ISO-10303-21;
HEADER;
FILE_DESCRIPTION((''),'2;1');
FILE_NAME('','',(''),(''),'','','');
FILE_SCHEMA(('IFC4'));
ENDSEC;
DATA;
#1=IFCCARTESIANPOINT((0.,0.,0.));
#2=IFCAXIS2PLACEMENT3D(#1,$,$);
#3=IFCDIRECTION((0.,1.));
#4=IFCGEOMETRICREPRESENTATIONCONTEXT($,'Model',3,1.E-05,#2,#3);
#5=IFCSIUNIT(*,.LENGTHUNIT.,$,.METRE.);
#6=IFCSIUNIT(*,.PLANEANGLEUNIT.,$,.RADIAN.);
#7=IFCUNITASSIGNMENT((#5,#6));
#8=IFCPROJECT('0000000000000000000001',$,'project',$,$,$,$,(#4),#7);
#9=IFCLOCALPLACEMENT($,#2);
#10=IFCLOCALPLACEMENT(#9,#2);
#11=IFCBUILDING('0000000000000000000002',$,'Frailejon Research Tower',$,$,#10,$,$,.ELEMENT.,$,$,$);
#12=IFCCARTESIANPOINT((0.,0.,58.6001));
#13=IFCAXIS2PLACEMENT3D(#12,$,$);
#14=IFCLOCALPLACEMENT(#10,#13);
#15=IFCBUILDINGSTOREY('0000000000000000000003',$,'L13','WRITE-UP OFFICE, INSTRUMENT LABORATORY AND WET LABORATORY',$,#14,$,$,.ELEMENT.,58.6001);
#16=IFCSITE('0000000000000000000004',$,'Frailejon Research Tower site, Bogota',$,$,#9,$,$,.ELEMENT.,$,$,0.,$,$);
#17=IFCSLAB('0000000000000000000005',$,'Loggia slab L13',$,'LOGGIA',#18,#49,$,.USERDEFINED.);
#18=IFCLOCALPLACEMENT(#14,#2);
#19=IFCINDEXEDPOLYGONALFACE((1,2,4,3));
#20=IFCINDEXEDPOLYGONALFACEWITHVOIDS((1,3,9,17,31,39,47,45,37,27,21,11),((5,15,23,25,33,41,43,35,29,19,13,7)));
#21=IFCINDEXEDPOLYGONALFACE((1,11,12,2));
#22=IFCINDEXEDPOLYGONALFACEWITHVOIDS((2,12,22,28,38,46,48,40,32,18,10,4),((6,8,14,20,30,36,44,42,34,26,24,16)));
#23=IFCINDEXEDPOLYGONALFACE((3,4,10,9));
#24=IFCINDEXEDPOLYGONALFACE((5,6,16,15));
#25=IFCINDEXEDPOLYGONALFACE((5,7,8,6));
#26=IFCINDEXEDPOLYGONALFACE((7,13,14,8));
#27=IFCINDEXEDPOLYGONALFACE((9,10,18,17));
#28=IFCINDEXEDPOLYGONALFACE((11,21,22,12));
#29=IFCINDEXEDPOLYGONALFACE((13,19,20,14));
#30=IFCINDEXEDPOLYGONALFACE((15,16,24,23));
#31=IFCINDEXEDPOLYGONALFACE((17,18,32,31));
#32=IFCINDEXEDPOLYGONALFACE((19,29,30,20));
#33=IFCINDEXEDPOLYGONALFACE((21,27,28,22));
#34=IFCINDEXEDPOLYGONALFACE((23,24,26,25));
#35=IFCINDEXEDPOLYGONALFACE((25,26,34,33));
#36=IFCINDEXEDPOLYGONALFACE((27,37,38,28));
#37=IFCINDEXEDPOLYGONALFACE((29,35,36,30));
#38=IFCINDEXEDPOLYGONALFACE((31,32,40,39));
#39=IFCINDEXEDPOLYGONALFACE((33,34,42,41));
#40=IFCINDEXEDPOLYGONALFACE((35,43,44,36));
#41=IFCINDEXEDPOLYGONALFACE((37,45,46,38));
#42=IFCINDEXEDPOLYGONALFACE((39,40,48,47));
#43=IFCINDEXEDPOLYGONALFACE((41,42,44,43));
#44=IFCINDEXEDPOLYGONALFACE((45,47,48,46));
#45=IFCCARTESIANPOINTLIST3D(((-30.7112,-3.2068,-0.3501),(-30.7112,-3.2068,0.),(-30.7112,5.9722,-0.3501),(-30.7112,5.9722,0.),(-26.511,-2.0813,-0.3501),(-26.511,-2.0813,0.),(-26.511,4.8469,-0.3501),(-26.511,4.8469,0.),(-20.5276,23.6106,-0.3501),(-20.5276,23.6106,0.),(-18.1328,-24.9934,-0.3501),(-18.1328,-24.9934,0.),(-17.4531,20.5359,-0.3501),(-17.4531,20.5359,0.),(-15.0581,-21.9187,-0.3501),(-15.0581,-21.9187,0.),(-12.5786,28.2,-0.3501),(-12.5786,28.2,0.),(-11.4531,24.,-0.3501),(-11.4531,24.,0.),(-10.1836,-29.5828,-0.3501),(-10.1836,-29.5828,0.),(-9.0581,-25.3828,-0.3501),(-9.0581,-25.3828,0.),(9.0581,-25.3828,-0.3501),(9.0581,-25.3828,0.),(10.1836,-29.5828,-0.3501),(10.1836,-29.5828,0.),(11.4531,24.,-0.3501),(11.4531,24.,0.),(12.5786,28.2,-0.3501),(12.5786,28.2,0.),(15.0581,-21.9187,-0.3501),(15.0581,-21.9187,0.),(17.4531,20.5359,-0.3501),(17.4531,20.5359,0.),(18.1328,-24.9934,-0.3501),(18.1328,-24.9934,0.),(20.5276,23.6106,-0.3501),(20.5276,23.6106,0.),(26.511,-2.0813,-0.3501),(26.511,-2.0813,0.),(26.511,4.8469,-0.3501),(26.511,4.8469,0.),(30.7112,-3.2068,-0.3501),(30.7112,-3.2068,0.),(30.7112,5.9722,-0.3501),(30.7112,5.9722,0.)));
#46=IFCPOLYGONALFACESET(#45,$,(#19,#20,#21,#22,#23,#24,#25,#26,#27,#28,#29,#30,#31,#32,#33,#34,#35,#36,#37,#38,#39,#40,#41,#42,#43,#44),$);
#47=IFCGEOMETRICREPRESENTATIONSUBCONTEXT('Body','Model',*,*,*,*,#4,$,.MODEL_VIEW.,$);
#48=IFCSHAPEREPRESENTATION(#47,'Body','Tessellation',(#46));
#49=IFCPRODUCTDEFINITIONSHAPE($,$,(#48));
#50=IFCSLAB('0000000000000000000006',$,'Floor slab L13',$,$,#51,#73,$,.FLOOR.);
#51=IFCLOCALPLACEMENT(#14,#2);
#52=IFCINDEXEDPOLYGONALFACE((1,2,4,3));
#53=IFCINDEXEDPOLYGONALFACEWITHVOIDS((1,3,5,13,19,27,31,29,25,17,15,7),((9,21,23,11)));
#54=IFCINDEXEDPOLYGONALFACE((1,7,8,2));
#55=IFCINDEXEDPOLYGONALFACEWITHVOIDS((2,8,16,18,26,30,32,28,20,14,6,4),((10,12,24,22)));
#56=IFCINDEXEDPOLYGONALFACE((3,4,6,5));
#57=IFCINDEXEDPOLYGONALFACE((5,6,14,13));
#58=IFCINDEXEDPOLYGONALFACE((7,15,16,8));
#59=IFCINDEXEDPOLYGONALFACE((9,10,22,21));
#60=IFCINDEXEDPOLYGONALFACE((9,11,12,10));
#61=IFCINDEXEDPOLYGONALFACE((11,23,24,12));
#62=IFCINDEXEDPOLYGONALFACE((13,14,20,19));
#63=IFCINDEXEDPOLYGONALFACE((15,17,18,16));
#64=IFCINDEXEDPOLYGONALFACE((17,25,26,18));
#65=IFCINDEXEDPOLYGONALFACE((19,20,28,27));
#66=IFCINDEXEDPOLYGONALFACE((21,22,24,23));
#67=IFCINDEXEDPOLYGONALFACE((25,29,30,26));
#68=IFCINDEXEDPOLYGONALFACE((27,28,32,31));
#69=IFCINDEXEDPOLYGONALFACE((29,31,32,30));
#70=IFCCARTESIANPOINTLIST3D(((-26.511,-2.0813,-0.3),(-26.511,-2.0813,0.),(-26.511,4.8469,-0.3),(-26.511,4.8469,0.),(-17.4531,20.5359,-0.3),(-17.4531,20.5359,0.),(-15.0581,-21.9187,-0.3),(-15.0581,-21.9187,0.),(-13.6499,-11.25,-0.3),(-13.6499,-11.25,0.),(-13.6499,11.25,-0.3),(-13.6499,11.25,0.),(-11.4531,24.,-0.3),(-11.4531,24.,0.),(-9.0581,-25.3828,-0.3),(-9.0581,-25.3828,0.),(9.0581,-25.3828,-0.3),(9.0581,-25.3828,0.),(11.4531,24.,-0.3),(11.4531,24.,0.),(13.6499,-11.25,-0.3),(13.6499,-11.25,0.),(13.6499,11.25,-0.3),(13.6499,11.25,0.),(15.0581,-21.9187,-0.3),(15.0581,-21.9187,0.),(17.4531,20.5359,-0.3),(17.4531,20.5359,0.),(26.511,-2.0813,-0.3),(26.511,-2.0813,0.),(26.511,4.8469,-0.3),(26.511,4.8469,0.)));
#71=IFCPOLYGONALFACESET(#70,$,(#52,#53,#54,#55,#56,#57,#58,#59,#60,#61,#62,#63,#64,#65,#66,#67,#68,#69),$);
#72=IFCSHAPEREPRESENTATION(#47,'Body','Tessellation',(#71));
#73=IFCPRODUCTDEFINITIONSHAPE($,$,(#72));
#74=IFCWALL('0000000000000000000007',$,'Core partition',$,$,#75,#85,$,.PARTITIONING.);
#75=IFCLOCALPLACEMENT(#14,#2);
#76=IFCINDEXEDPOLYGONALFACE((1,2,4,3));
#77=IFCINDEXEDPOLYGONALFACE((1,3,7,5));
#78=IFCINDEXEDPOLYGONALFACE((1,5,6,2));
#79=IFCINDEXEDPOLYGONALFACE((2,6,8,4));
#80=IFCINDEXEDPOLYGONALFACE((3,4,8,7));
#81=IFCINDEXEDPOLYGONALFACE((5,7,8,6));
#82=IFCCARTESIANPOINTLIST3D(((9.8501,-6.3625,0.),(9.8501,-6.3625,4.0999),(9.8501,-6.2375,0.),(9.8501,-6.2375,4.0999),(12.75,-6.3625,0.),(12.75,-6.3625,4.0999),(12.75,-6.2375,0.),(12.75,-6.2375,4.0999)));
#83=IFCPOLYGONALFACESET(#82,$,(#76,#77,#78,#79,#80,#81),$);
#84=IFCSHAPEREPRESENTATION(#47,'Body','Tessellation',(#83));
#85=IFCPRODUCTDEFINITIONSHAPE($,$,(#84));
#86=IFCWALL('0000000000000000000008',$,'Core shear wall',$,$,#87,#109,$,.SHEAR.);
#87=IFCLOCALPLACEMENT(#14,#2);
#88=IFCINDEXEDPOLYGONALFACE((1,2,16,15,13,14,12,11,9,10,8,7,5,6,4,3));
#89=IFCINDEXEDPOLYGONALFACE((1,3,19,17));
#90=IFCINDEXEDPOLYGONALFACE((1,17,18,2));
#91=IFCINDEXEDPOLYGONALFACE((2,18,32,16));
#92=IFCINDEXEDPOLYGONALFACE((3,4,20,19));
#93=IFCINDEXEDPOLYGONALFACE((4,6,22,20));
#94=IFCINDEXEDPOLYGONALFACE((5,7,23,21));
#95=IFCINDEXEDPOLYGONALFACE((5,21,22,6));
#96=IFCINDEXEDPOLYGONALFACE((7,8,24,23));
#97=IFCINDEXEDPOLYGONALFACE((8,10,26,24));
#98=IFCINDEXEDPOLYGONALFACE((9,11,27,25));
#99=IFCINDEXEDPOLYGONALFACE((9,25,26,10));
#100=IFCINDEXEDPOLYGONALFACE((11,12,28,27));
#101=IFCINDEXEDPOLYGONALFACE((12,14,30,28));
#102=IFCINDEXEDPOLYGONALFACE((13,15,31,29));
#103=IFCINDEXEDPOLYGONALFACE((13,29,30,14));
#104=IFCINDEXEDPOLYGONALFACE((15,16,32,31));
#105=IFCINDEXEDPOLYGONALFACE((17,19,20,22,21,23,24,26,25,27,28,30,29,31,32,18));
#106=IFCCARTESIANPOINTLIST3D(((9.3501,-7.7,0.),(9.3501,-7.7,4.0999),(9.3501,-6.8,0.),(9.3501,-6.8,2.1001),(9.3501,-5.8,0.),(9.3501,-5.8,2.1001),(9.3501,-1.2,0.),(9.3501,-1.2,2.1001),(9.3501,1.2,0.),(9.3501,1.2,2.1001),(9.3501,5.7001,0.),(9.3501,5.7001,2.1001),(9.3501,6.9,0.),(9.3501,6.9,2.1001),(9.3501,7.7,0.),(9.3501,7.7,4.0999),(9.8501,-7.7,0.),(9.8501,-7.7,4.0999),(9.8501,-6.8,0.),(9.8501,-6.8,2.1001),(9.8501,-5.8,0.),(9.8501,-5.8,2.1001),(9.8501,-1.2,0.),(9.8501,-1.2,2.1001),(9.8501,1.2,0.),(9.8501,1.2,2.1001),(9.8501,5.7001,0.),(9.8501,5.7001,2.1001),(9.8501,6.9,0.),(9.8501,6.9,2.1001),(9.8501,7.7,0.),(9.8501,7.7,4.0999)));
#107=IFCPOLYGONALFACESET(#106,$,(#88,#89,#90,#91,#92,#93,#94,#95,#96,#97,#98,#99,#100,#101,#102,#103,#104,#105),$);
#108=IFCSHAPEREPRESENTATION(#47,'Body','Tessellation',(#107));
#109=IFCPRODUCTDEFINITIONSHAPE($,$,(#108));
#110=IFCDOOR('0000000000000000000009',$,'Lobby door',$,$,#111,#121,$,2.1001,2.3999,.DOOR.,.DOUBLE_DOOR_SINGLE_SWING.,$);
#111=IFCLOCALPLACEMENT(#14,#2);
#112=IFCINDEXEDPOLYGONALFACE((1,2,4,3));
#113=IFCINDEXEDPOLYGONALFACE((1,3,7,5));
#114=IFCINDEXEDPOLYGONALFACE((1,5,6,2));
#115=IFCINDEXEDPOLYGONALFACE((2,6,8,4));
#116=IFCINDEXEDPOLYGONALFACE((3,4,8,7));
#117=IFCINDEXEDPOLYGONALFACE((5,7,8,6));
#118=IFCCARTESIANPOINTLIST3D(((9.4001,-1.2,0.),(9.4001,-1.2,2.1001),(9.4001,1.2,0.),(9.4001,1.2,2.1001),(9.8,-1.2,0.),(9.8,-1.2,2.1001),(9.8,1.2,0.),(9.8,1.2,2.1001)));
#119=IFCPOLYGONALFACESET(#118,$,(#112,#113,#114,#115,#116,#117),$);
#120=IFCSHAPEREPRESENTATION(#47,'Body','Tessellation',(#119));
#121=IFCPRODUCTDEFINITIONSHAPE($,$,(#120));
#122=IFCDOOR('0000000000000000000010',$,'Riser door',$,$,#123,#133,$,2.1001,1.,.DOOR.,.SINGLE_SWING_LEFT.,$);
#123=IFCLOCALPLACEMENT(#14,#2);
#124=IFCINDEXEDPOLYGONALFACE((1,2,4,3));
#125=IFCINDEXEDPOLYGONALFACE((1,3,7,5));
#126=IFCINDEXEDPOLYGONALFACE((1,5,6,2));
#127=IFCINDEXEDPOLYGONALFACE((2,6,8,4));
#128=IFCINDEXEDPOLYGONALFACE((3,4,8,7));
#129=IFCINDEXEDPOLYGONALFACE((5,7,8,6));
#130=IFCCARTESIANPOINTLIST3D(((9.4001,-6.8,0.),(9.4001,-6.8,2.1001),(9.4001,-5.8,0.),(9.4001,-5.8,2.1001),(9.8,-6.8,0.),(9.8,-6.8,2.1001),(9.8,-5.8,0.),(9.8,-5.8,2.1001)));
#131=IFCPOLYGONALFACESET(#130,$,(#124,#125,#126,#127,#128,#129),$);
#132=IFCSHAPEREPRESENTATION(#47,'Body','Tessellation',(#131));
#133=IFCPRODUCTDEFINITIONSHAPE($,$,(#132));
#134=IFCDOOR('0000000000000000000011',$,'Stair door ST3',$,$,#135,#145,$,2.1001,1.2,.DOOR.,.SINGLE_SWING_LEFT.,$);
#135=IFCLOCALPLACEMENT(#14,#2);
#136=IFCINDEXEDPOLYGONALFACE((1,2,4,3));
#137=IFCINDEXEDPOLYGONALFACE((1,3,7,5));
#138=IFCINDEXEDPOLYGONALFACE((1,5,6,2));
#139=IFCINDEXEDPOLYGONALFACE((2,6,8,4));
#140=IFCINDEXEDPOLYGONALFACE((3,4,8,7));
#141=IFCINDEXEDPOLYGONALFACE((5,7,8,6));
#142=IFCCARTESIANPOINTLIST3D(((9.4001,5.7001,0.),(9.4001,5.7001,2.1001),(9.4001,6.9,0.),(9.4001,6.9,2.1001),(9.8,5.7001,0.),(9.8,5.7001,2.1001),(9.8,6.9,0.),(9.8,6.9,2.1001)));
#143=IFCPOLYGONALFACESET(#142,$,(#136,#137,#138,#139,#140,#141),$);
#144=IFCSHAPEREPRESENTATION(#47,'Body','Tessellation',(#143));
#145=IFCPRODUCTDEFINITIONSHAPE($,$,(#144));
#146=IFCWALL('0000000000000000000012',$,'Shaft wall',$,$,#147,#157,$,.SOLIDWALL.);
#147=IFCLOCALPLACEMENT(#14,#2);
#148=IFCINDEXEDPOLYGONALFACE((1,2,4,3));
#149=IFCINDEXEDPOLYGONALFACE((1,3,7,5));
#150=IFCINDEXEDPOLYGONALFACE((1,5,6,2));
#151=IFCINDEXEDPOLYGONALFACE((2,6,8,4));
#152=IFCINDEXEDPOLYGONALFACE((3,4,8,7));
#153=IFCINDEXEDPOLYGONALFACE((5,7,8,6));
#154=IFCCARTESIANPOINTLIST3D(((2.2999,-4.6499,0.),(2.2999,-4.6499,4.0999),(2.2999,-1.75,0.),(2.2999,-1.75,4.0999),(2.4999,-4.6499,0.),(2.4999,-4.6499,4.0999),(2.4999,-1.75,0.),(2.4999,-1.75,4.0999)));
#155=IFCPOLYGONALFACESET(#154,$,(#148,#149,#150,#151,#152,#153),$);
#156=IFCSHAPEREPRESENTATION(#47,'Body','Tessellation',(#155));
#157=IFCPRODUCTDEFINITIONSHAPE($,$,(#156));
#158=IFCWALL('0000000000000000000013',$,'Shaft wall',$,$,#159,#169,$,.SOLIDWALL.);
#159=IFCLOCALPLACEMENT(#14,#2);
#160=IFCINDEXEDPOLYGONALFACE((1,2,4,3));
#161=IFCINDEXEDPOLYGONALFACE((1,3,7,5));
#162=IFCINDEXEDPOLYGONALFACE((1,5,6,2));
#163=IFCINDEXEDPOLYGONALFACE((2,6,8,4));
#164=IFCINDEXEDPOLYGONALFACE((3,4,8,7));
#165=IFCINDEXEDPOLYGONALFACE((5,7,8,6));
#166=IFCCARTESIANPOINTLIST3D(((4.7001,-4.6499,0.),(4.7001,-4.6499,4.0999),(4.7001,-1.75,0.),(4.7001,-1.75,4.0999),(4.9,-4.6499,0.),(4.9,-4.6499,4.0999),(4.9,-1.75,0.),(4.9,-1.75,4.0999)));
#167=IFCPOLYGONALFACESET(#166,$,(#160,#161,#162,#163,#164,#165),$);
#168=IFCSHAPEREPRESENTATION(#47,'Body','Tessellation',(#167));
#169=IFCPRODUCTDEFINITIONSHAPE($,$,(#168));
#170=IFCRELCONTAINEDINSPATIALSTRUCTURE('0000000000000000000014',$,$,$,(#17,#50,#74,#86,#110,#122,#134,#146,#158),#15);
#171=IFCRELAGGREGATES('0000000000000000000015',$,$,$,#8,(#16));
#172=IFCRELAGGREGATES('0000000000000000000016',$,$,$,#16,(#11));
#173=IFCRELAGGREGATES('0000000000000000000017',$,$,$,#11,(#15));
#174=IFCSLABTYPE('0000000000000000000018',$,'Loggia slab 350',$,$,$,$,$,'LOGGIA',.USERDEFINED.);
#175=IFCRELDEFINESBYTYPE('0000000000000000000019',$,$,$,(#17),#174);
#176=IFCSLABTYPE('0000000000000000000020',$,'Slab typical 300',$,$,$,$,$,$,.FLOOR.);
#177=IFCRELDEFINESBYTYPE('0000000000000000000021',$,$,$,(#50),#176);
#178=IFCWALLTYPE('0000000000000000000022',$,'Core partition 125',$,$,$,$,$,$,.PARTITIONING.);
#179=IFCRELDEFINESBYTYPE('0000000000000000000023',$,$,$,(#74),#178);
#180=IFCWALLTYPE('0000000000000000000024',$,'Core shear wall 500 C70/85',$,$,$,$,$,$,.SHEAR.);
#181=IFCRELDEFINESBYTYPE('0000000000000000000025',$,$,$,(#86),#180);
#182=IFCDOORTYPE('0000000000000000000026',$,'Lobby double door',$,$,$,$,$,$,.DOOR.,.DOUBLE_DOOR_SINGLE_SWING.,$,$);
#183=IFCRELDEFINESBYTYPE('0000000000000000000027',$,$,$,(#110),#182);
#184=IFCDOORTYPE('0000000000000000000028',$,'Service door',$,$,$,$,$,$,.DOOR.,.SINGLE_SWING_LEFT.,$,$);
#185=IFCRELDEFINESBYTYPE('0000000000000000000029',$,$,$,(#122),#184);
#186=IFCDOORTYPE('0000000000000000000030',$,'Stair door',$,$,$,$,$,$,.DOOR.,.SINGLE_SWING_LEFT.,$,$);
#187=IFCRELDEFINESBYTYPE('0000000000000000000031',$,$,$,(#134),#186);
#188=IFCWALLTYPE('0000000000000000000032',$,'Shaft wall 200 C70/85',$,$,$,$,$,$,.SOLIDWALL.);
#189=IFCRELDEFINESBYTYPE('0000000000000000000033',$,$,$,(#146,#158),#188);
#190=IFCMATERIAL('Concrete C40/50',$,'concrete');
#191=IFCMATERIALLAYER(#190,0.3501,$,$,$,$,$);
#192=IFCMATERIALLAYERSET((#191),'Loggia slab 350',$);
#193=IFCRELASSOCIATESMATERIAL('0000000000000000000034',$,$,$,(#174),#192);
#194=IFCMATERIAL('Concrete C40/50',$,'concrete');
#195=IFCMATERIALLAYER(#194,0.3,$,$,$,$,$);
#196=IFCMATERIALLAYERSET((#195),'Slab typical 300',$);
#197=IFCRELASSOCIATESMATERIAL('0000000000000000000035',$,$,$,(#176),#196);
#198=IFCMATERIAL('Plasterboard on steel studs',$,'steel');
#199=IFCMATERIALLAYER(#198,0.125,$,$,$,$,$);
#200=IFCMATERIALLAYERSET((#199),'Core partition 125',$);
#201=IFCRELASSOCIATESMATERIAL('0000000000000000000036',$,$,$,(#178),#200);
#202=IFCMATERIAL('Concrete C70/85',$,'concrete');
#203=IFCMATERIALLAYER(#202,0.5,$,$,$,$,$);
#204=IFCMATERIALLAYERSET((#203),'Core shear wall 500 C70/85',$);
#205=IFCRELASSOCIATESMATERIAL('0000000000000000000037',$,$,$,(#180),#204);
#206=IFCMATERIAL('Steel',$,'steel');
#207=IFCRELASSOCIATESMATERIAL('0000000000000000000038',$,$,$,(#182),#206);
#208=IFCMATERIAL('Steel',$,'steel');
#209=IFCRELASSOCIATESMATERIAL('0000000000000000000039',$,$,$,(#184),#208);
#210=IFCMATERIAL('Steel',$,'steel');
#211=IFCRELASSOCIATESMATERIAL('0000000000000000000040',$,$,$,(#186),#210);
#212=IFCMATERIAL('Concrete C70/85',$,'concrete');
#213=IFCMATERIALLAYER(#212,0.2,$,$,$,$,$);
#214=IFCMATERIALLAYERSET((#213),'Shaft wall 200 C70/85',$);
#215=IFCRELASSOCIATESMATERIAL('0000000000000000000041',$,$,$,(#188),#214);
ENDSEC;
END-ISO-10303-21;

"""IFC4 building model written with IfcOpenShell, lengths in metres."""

from ifc_helpers import new_model, si_unit, direction, frame, frame_2d, origin, place, context, subcontext, project, spatial, polyline, rectangle, outline, extrude, material, layer, layer_set, type_object, element, fill, save


model = new_model("IFC4")

# Units and contexts
model_context = context("Model", 3, precision=1e-05, world=origin(), true_north=direction((0.0, 1.0)))
body_context = subcontext(model_context, "Body", "Model", "MODEL_VIEW")
ifc_project = project(units=[si_unit("LENGTHUNIT", "METRE"), si_unit("PLANEANGLEUNIT", "RADIAN")], contexts=[model_context])

# Site, building, storey
site_placement = place(None, origin())
site = spatial("IfcSite", under=ifc_project, at=site_placement, Name="Frailejon Research Tower site, Bogota", CompositionType="ELEMENT", RefElevation=0.0)
building_placement = place(site_placement, origin())
building = spatial("IfcBuilding", under=site, at=building_placement, Name="Frailejon Research Tower", CompositionType="ELEMENT")
storey_placement = place(building_placement, frame((0.0, 0.0, 58.6001)))
storey = spatial("IfcBuildingStorey", under=building, at=storey_placement, Name="L13", Description="WRITE-UP OFFICE, INSTRUMENT LABORATORY AND WET LABORATORY", CompositionType="ELEMENT", Elevation=58.6001)

# Slabs
ifc_material_1 = material(Name="Concrete C40/50", Category="concrete")
ifc_layer_1 = layer(ifc_material_1, 0.3501)
ifc_layer_set_1 = layer_set([ifc_layer_1], Name="Loggia slab 350")
slab_type_1 = type_object("IfcSlabType", Name="Loggia slab 350", ElementType="LOGGIA", PredefinedType="USERDEFINED", material=ifc_layer_set_1)
slab_1_placement = place(storey_placement, frame((0.0, 0.0, -0.3501)))
element("IfcSlab", 1, at=slab_1_placement, inside=storey, type_object=slab_type_1, Name="Loggia slab L13", ObjectType="LOGGIA", PredefinedType="USERDEFINED", context=body_context, shape_type="SweptSolid", body=[
    extrude(outline(polyline([(18.1328, -24.9934), (10.1836, -29.5828), (-10.1836, -29.5828), (-18.1328, -24.9934), (-30.7112, -3.2068), (-30.7112, 5.9722), (-20.5276, 23.6106), (-12.5786, 28.2), (12.5786, 28.2), (20.5276, 23.6106), (30.7112, 5.9722), (30.7112, -3.2068), (18.1328, -24.9934)]), holes=[polyline([(26.511, 4.8469), (17.4531, 20.5359), (11.4531, 24.0), (-11.4531, 24.0), (-17.4531, 20.5359), (-26.511, 4.8469), (-26.511, -2.0813), (-15.0581, -21.9187), (-9.0581, -25.3828), (9.0581, -25.3828), (15.0581, -21.9187), (26.511, -2.0813), (26.511, 4.8469)])]), origin(), (0.0, 0.0, 1.0), 0.3501),
])
ifc_material_2 = material(Name="Concrete C40/50", Category="concrete")
ifc_layer_2 = layer(ifc_material_2, 0.3)
ifc_layer_set_2 = layer_set([ifc_layer_2], Name="Slab typical 300")
slab_type_2 = type_object("IfcSlabType", Name="Slab typical 300", PredefinedType="FLOOR", material=ifc_layer_set_2)
slab_2_placement = place(storey_placement, frame((0.0, 0.0, -0.3)))
element("IfcSlab", 2, at=slab_2_placement, inside=storey, type_object=slab_type_2, Name="Floor slab L13", PredefinedType="FLOOR", context=body_context, shape_type="SweptSolid", body=[
    extrude(outline(polyline([(26.511, -2.0813), (26.511, 4.8469), (17.4531, 20.5359), (11.4531, 24.0), (-11.4531, 24.0), (-17.4531, 20.5359), (-26.511, 4.8469), (-26.511, -2.0813), (-15.0581, -21.9187), (-9.0581, -25.3828), (9.0581, -25.3828), (15.0581, -21.9187), (26.511, -2.0813)]), holes=[polyline([(13.6499, -11.25), (-13.6499, -11.25), (-13.6499, 11.25), (13.6499, 11.25), (13.6499, -11.25)])]), origin(), (0.0, 0.0, 1.0), 0.3),
])

# Wall
ifc_material_3 = material(Name="Plasterboard on steel studs", Category="steel")
ifc_layer_3 = layer(ifc_material_3, 0.125)
ifc_layer_set_3 = layer_set([ifc_layer_3], Name="Core partition 125")
wall_type_1 = type_object("IfcWallType", Name="Core partition 125", PredefinedType="PARTITIONING", material=ifc_layer_set_3)
wall_1_placement = place(storey_placement, frame((9.8501, -6.3, 0.0), z_axis=(0.0, 0.0, 1.0), x_axis=(1.0, 0.0, 0.0)))
element("IfcWall", 3, at=wall_1_placement, inside=storey, type_object=wall_type_1, Name="Core partition", PredefinedType="PARTITIONING", context=body_context, shape_type="SweptSolid", body=[
    extrude(rectangle(XDim=2.8999, YDim=0.125, at=frame_2d((1.45, 0.0))), origin(), (0.0, 0.0, 1.0), 4.0999),
])

# Wall, openings, doors
ifc_material_4 = material(Name="Concrete C70/85", Category="concrete")
ifc_layer_4 = layer(ifc_material_4, 0.5)
ifc_layer_set_4 = layer_set([ifc_layer_4], Name="Core shear wall 500 C70/85")
wall_type_2 = type_object("IfcWallType", Name="Core shear wall 500 C70/85", PredefinedType="SHEAR", material=ifc_layer_set_4)
wall_2_placement = place(storey_placement, frame((9.6001, -7.7, 0.0), z_axis=(0.0, 0.0, 1.0), x_axis=(0.0, 1.0, 0.0)))
wall_2 = element("IfcWall", 4, at=wall_2_placement, inside=storey, type_object=wall_type_2, Name="Core shear wall", PredefinedType="SHEAR", context=body_context, shape_type="SweptSolid", body=[
    extrude(rectangle(XDim=15.3999, YDim=0.5, at=frame_2d((7.7, 0.0))), origin(), (0.0, 0.0, 1.0), 4.0999),
])
opening_1_placement = place(wall_2_placement, frame((6.5, 0.0, 0.0)))
opening_1 = element("IfcOpeningElement", 5, at=opening_1_placement, cuts=wall_2, PredefinedType="OPENING", context=body_context, shape_type="SweptSolid", body=[
    extrude(rectangle(XDim=2.3999, YDim=2.1001, at=frame_2d((1.2, 1.05))), frame((0.0, 0.26, 0.0), z_axis=(0.0, -1.0, 0.0), x_axis=(1.0, 0.0, 0.0)), (0.0, 0.0, 1.0), 0.52),
])
opening_2_placement = place(wall_2_placement, frame((13.3999, 0.0, 0.0)))
opening_2 = element("IfcOpeningElement", 6, at=opening_2_placement, cuts=wall_2, PredefinedType="OPENING", context=body_context, shape_type="SweptSolid", body=[
    extrude(rectangle(XDim=1.2, YDim=2.1001, at=frame_2d((0.6001, 1.05))), frame((0.0, 0.26, 0.0), z_axis=(0.0, -1.0, 0.0), x_axis=(1.0, 0.0, 0.0)), (0.0, 0.0, 1.0), 0.52),
])
opening_3_placement = place(wall_2_placement, frame((0.8999, 0.0, 0.0)))
opening_3 = element("IfcOpeningElement", 7, at=opening_3_placement, cuts=wall_2, PredefinedType="OPENING", context=body_context, shape_type="SweptSolid", body=[
    extrude(rectangle(XDim=1.0, YDim=2.1001, at=frame_2d((0.5, 1.05))), frame((0.0, 0.26, 0.0), z_axis=(0.0, -1.0, 0.0), x_axis=(1.0, 0.0, 0.0)), (0.0, 0.0, 1.0), 0.52),
])
ifc_material_5 = material(Name="Steel", Category="steel")
door_type_1 = type_object("IfcDoorType", Name="Lobby double door", OperationType="DOUBLE_DOOR_SINGLE_SWING", PredefinedType="DOOR", material=ifc_material_5)
door_1_placement = place(opening_1_placement, origin())
door_1 = element("IfcDoor", 8, at=door_1_placement, inside=storey, type_object=door_type_1, Name="Lobby door", OperationType="DOUBLE_DOOR_SINGLE_SWING", OverallHeight=2.1001, OverallWidth=2.3999, PredefinedType="DOOR", context=body_context, shape_type="SweptSolid", body=[
    extrude(rectangle(XDim=2.3999, YDim=2.1001, at=frame_2d((1.2, 1.05))), frame((0.0, 0.2, 0.0), z_axis=(0.0, -1.0, 0.0), x_axis=(1.0, 0.0, 0.0)), (0.0, 0.0, 1.0), 0.3999),
])
fill(opening_1, door_1)
ifc_material_6 = material(Name="Steel", Category="steel")
door_type_2 = type_object("IfcDoorType", Name="Service door", OperationType="SINGLE_SWING_LEFT", PredefinedType="DOOR", material=ifc_material_6)
door_2_placement = place(opening_3_placement, origin())
door_2 = element("IfcDoor", 9, at=door_2_placement, inside=storey, type_object=door_type_2, Name="Riser door", OperationType="SINGLE_SWING_LEFT", OverallHeight=2.1001, OverallWidth=1.0, PredefinedType="DOOR", context=body_context, shape_type="SweptSolid", body=[
    extrude(rectangle(XDim=1.0, YDim=2.1001, at=frame_2d((0.5, 1.05))), frame((0.0, 0.2, 0.0), z_axis=(0.0, -1.0, 0.0), x_axis=(1.0, 0.0, 0.0)), (0.0, 0.0, 1.0), 0.3999),
])
fill(opening_3, door_2)
ifc_material_7 = material(Name="Steel", Category="steel")
door_type_3 = type_object("IfcDoorType", Name="Stair door", OperationType="SINGLE_SWING_LEFT", PredefinedType="DOOR", material=ifc_material_7)
door_3_placement = place(opening_2_placement, origin())
door_3 = element("IfcDoor", 10, at=door_3_placement, inside=storey, type_object=door_type_3, Name="Stair door ST3", OperationType="SINGLE_SWING_LEFT", OverallHeight=2.1001, OverallWidth=1.2, PredefinedType="DOOR", context=body_context, shape_type="SweptSolid", body=[
    extrude(rectangle(XDim=1.2, YDim=2.1001, at=frame_2d((0.6001, 1.05))), frame((0.0, 0.2, 0.0), z_axis=(0.0, -1.0, 0.0), x_axis=(1.0, 0.0, 0.0)), (0.0, 0.0, 1.0), 0.3999),
])
fill(opening_2, door_3)

# Walls
ifc_material_8 = material(Name="Concrete C70/85", Category="concrete")
ifc_layer_5 = layer(ifc_material_8, 0.2)
ifc_layer_set_5 = layer_set([ifc_layer_5], Name="Shaft wall 200 C70/85")
wall_type_3 = type_object("IfcWallType", Name="Shaft wall 200 C70/85", PredefinedType="SOLIDWALL", material=ifc_layer_set_5)
for number, where, z_axis, x_axis, name in (
    (11, (2.3999, -4.6499, 0.0), (0.0, 0.0, 1.0), (0.0, 1.0, 0.0), "Shaft wall"),
    (12, (4.8, -4.6499, 0.0), (0.0, 0.0, 1.0), (0.0, 1.0, 0.0), "Shaft wall"),
):
    element("IfcWall", number, at=place(storey_placement, frame(where, z_axis=z_axis, x_axis=x_axis)), inside=storey, type_object=wall_type_3, Name=name, PredefinedType="SOLIDWALL", context=body_context, shape_type="SweptSolid", body=[
        extrude(rectangle(XDim=2.8999, YDim=0.2, at=frame_2d((1.45, 0.0))), origin(), (0.0, 0.0, 1.0), 4.0999),
    ])

save(model, "model.ifc")
